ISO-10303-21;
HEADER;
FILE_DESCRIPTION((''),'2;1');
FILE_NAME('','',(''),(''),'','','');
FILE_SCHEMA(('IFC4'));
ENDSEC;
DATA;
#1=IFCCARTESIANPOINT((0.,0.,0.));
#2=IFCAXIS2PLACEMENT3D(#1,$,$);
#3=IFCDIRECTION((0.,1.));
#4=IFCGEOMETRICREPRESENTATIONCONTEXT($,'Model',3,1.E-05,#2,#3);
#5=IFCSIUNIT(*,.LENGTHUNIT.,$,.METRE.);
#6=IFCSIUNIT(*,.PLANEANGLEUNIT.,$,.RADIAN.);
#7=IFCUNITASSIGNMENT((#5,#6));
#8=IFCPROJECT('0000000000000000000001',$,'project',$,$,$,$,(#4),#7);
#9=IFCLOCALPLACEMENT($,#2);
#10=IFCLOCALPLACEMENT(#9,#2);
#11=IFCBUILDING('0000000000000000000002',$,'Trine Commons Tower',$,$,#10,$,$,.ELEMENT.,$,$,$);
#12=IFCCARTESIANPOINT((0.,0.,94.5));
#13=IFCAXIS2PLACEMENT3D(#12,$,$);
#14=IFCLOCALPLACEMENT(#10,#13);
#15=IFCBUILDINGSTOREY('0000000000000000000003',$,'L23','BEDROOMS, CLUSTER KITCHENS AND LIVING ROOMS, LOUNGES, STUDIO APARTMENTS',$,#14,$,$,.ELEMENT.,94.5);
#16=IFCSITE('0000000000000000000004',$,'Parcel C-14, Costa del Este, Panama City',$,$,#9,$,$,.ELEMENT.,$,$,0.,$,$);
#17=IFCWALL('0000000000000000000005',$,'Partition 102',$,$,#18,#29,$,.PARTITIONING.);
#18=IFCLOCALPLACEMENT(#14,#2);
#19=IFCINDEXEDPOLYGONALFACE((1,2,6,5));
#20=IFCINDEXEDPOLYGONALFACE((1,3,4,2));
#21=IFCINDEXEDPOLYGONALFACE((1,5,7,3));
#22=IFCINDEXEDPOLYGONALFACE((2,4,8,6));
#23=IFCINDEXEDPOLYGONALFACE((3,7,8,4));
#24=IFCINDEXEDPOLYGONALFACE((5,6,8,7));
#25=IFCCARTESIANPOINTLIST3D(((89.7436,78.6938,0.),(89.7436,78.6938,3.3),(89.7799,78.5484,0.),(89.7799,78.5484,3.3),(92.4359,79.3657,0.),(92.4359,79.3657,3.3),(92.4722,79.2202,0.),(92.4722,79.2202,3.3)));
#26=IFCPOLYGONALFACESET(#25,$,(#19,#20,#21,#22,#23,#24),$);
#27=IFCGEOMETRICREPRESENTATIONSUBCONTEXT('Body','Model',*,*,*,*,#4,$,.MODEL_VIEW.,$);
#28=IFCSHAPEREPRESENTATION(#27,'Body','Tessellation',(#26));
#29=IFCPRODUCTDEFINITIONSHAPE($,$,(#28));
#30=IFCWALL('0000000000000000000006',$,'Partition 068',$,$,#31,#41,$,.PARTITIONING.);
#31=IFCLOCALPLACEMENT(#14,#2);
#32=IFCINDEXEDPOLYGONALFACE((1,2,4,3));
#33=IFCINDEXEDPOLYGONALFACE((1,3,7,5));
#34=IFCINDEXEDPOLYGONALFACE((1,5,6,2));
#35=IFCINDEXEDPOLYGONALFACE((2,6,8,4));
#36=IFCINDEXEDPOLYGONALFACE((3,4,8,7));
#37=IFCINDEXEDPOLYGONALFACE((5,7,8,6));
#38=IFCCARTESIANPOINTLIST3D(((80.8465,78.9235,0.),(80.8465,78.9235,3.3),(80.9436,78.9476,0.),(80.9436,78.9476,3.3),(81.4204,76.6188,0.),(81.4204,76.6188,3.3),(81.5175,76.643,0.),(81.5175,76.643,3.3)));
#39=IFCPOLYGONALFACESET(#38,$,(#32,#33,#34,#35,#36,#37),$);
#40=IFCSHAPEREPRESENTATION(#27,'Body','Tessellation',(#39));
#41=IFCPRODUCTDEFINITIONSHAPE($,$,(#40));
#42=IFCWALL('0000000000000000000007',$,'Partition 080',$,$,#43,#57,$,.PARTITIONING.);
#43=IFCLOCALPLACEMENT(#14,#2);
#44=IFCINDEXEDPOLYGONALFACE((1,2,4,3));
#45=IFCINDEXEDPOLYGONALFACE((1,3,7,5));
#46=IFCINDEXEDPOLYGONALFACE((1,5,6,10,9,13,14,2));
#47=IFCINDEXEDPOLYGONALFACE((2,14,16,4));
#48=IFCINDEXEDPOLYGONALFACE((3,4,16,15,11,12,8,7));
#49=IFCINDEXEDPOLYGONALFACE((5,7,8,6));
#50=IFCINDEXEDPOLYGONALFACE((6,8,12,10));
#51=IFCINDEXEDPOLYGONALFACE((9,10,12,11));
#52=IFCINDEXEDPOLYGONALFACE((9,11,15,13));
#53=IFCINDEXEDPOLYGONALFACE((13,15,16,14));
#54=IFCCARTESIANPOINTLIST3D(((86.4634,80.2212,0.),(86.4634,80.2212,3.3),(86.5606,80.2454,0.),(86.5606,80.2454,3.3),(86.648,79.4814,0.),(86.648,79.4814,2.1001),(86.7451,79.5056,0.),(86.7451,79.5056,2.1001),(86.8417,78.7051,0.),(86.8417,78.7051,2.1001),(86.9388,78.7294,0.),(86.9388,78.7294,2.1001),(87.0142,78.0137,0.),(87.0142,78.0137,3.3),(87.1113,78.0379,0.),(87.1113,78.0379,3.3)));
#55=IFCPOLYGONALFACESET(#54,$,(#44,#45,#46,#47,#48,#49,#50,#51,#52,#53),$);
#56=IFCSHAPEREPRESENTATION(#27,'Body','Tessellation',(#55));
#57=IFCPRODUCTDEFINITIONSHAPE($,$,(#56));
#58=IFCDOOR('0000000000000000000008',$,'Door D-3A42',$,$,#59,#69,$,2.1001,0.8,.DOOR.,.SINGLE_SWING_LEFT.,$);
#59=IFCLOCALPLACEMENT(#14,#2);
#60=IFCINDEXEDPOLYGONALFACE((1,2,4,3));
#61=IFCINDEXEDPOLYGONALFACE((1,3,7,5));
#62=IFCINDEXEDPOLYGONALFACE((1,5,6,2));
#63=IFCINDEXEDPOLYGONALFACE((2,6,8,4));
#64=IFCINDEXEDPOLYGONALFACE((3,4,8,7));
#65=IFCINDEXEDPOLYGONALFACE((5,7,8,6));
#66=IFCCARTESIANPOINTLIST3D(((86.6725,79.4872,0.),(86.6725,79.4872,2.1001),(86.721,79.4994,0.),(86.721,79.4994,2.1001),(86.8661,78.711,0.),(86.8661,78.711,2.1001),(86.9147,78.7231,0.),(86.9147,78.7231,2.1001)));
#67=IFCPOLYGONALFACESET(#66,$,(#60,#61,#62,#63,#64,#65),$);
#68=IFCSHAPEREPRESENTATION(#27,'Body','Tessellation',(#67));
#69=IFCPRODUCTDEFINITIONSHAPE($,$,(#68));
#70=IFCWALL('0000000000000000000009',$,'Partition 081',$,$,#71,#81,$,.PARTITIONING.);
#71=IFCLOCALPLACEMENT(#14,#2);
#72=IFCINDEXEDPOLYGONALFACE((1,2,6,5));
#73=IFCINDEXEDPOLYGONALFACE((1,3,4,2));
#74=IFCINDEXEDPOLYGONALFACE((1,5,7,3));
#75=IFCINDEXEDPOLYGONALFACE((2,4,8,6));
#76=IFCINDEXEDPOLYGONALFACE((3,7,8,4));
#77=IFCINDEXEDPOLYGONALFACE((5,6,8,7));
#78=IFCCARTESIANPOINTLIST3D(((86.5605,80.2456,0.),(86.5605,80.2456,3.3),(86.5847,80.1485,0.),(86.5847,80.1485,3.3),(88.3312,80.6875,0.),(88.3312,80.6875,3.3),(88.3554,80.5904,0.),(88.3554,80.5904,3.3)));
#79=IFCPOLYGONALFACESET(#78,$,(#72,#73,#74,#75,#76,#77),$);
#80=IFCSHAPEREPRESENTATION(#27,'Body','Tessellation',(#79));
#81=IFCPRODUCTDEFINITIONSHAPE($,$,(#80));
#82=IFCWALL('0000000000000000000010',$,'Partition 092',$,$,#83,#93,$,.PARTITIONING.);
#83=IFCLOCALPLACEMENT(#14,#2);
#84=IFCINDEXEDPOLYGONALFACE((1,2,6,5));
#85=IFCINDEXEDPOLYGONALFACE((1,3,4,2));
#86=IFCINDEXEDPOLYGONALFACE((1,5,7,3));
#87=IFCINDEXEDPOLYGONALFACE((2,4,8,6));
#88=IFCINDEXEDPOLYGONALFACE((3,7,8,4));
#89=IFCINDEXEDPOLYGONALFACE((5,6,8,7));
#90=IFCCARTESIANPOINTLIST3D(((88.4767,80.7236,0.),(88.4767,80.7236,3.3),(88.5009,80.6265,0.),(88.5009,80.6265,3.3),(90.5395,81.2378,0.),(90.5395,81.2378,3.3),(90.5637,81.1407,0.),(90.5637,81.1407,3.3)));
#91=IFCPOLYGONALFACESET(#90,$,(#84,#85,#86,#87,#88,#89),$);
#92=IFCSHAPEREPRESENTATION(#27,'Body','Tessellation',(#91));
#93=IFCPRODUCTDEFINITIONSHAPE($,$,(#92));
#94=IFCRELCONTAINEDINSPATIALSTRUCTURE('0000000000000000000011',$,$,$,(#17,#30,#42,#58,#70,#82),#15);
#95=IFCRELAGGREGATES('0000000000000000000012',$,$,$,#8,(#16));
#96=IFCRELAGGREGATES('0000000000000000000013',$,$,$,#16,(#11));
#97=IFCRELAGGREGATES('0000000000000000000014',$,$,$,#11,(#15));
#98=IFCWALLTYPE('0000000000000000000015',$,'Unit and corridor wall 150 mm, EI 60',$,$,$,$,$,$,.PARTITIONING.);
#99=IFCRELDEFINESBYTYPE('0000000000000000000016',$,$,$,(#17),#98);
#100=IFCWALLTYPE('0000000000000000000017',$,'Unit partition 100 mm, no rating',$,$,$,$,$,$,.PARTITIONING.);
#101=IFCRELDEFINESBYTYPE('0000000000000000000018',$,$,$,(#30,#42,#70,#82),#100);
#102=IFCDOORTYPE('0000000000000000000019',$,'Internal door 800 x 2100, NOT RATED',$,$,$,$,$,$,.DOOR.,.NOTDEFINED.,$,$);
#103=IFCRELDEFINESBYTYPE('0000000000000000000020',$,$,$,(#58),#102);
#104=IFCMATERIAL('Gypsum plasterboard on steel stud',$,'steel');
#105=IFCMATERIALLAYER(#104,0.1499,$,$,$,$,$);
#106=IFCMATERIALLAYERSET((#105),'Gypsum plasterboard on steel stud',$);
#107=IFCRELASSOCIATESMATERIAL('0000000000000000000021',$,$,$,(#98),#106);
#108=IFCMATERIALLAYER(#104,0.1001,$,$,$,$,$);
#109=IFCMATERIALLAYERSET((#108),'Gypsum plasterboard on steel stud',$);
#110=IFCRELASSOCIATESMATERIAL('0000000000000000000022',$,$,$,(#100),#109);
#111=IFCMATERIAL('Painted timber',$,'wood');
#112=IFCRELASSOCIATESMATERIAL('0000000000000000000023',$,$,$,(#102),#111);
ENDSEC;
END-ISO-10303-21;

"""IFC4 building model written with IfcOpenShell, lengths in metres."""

from ifc_helpers import new_model, si_unit, direction, frame, frame_2d, origin, place, context, subcontext, project, spatial, rectangle, extrude, material, layer, layer_set, type_object, element, fill, save


model = new_model("IFC4")

# Units and contexts
model_context = context("Model", 3, precision=1e-05, world=origin(), true_north=direction((0.0, 1.0)))
body_context = subcontext(model_context, "Body", "Model", "MODEL_VIEW")
ifc_project = project(units=[si_unit("LENGTHUNIT", "METRE"), si_unit("PLANEANGLEUNIT", "RADIAN")], contexts=[model_context])

# Site, building, storey
site_placement = place(None, origin())
site = spatial("IfcSite", under=ifc_project, at=site_placement, Name="Parcel C-14, Costa del Este, Panama City", CompositionType="ELEMENT", RefElevation=0.0)
building_placement = place(site_placement, origin())
building = spatial("IfcBuilding", under=site, at=building_placement, Name="Trine Commons Tower", CompositionType="ELEMENT")
storey_placement = place(building_placement, frame((0.0, 0.0, 94.5)))
storey = spatial("IfcBuildingStorey", under=building, at=storey_placement, Name="L23", Description="BEDROOMS, CLUSTER KITCHENS AND LIVING ROOMS, LOUNGES, STUDIO APARTMENTS", CompositionType="ELEMENT", Elevation=94.5)

# Shared definitions
ifc_material_1 = material(Name="Gypsum plasterboard on steel stud", Category="steel")
ifc_layer_1 = layer(ifc_material_1, 0.1499)
ifc_layer_set_1 = layer_set([ifc_layer_1], Name="Gypsum plasterboard on steel stud")
wall_type_1 = type_object("IfcWallType", Name="Unit and corridor wall 150 mm, EI 60", PredefinedType="PARTITIONING", material=ifc_layer_set_1)

# Shared definitions
ifc_material_2 = material(Name="Painted timber", Category="wood")

# Walls
wall_1_placement = place(storey_placement, frame((89.7617, 78.6211, 0.0), z_axis=(0.0, 0.0, 1.0), x_axis=(0.970246, 0.242122, 0.0)))
element("IfcWall", 1, at=wall_1_placement, inside=storey, type_object=wall_type_1, Name="Partition 102", PredefinedType="PARTITIONING", context=body_context, shape_type="SweptSolid", body=[
    extrude(rectangle(XDim=2.7749, YDim=0.1499, at=frame_2d((1.3875, 0.0))), origin(), (0.0, 0.0, 1.0), 3.3),
])
ifc_layer_2 = layer(ifc_material_1, 0.1001)
ifc_layer_set_2 = layer_set([ifc_layer_2], Name="Gypsum plasterboard on steel stud")
wall_type_2 = type_object("IfcWallType", Name="Unit partition 100 mm, no rating", PredefinedType="PARTITIONING", material=ifc_layer_set_2)
wall_2_placement = place(storey_placement, frame((80.895, 78.9355, 0.0), z_axis=(0.0, 0.0, 1.0), x_axis=(0.241665, -0.97036, 0.0)))
element("IfcWall", 2, at=wall_2_placement, inside=storey, type_object=wall_type_2, Name="Partition 068", PredefinedType="PARTITIONING", context=body_context, shape_type="SweptSolid", body=[
    extrude(rectangle(XDim=2.375, YDim=0.1001, at=frame_2d((1.1875, 0.0))), origin(), (0.0, 0.0, 1.0), 3.3),
])

# Wall, opening, door
wall_3_placement = place(storey_placement, frame((86.512, 80.2334, 0.0), z_axis=(0.0, 0.0, 1.0), x_axis=(0.242081, -0.970256, 0.0)))
wall_3 = element("IfcWall", 3, at=wall_3_placement, inside=storey, type_object=wall_type_2, Name="Partition 080", PredefinedType="PARTITIONING", context=body_context, shape_type="SweptSolid", body=[
    extrude(rectangle(XDim=2.2751, YDim=0.1001, at=frame_2d((1.1377, 0.0))), origin(), (0.0, 0.0, 1.0), 3.3),
])
opening_1_placement = place(wall_3_placement, frame((0.7627, 0.0, 0.0)))
opening_1 = element("IfcOpeningElement", 4, at=opening_1_placement, cuts=wall_3, PredefinedType="OPENING", context=body_context, shape_type="SweptSolid", body=[
    extrude(rectangle(XDim=0.8, YDim=2.1001, at=frame_2d((0.3999, 1.05))), frame((0.0, 0.0601, 0.0), z_axis=(0.0, -1.0, 0.0), x_axis=(1.0, 0.0, 0.0)), (0.0, 0.0, 1.0), 0.1201),
])
door_type_1 = type_object("IfcDoorType", Name="Internal door 800 x 2100, NOT RATED", OperationType="NOTDEFINED", PredefinedType="DOOR", material=ifc_material_2)
door_1_placement = place(opening_1_placement, frame((0.8, 0.0, 0.0), z_axis=(0.0, 0.0, 1.0), x_axis=(-1.0, 0.0, 0.0)))
door_1 = element("IfcDoor", 5, at=door_1_placement, inside=storey, type_object=door_type_1, Name="Door D-3A42", OperationType="SINGLE_SWING_LEFT", OverallHeight=2.1001, OverallWidth=0.8, PredefinedType="DOOR", context=body_context, shape_type="SweptSolid", body=[
    extrude(rectangle(XDim=0.8, YDim=2.1001, at=frame_2d((0.3999, 1.05))), frame((0.0, 0.0249, 0.0), z_axis=(0.0, -1.0, 0.0), x_axis=(1.0, 0.0, 0.0)), (0.0, 0.0, 1.0), 0.05),
])
fill(opening_1, door_1)

# Walls
wall_4_placement = place(storey_placement, frame((86.5725, 80.197, 0.0), z_axis=(0.0, 0.0, 1.0), x_axis=(0.970245, 0.242126, 0.0)))
element("IfcWall", 6, at=wall_4_placement, inside=storey, type_object=wall_type_2, Name="Partition 081", PredefinedType="PARTITIONING", context=body_context, shape_type="SweptSolid", body=[
    extrude(rectangle(XDim=1.825, YDim=0.1001, at=frame_2d((0.9126, 0.0))), origin(), (0.0, 0.0, 1.0), 3.3),
])
wall_5_placement = place(storey_placement, frame((88.4888, 80.675, 0.0), z_axis=(0.0, 0.0, 1.0), x_axis=(0.970311, 0.24186, 0.0)))
element("IfcWall", 7, at=wall_5_placement, inside=storey, type_object=wall_type_2, Name="Partition 092", PredefinedType="PARTITIONING", context=body_context, shape_type="SweptSolid", body=[
    extrude(rectangle(XDim=2.126, YDim=0.1001, at=frame_2d((1.063, 0.0))), origin(), (0.0, 0.0, 1.0), 3.3),
])

save(model, "model.ifc")
